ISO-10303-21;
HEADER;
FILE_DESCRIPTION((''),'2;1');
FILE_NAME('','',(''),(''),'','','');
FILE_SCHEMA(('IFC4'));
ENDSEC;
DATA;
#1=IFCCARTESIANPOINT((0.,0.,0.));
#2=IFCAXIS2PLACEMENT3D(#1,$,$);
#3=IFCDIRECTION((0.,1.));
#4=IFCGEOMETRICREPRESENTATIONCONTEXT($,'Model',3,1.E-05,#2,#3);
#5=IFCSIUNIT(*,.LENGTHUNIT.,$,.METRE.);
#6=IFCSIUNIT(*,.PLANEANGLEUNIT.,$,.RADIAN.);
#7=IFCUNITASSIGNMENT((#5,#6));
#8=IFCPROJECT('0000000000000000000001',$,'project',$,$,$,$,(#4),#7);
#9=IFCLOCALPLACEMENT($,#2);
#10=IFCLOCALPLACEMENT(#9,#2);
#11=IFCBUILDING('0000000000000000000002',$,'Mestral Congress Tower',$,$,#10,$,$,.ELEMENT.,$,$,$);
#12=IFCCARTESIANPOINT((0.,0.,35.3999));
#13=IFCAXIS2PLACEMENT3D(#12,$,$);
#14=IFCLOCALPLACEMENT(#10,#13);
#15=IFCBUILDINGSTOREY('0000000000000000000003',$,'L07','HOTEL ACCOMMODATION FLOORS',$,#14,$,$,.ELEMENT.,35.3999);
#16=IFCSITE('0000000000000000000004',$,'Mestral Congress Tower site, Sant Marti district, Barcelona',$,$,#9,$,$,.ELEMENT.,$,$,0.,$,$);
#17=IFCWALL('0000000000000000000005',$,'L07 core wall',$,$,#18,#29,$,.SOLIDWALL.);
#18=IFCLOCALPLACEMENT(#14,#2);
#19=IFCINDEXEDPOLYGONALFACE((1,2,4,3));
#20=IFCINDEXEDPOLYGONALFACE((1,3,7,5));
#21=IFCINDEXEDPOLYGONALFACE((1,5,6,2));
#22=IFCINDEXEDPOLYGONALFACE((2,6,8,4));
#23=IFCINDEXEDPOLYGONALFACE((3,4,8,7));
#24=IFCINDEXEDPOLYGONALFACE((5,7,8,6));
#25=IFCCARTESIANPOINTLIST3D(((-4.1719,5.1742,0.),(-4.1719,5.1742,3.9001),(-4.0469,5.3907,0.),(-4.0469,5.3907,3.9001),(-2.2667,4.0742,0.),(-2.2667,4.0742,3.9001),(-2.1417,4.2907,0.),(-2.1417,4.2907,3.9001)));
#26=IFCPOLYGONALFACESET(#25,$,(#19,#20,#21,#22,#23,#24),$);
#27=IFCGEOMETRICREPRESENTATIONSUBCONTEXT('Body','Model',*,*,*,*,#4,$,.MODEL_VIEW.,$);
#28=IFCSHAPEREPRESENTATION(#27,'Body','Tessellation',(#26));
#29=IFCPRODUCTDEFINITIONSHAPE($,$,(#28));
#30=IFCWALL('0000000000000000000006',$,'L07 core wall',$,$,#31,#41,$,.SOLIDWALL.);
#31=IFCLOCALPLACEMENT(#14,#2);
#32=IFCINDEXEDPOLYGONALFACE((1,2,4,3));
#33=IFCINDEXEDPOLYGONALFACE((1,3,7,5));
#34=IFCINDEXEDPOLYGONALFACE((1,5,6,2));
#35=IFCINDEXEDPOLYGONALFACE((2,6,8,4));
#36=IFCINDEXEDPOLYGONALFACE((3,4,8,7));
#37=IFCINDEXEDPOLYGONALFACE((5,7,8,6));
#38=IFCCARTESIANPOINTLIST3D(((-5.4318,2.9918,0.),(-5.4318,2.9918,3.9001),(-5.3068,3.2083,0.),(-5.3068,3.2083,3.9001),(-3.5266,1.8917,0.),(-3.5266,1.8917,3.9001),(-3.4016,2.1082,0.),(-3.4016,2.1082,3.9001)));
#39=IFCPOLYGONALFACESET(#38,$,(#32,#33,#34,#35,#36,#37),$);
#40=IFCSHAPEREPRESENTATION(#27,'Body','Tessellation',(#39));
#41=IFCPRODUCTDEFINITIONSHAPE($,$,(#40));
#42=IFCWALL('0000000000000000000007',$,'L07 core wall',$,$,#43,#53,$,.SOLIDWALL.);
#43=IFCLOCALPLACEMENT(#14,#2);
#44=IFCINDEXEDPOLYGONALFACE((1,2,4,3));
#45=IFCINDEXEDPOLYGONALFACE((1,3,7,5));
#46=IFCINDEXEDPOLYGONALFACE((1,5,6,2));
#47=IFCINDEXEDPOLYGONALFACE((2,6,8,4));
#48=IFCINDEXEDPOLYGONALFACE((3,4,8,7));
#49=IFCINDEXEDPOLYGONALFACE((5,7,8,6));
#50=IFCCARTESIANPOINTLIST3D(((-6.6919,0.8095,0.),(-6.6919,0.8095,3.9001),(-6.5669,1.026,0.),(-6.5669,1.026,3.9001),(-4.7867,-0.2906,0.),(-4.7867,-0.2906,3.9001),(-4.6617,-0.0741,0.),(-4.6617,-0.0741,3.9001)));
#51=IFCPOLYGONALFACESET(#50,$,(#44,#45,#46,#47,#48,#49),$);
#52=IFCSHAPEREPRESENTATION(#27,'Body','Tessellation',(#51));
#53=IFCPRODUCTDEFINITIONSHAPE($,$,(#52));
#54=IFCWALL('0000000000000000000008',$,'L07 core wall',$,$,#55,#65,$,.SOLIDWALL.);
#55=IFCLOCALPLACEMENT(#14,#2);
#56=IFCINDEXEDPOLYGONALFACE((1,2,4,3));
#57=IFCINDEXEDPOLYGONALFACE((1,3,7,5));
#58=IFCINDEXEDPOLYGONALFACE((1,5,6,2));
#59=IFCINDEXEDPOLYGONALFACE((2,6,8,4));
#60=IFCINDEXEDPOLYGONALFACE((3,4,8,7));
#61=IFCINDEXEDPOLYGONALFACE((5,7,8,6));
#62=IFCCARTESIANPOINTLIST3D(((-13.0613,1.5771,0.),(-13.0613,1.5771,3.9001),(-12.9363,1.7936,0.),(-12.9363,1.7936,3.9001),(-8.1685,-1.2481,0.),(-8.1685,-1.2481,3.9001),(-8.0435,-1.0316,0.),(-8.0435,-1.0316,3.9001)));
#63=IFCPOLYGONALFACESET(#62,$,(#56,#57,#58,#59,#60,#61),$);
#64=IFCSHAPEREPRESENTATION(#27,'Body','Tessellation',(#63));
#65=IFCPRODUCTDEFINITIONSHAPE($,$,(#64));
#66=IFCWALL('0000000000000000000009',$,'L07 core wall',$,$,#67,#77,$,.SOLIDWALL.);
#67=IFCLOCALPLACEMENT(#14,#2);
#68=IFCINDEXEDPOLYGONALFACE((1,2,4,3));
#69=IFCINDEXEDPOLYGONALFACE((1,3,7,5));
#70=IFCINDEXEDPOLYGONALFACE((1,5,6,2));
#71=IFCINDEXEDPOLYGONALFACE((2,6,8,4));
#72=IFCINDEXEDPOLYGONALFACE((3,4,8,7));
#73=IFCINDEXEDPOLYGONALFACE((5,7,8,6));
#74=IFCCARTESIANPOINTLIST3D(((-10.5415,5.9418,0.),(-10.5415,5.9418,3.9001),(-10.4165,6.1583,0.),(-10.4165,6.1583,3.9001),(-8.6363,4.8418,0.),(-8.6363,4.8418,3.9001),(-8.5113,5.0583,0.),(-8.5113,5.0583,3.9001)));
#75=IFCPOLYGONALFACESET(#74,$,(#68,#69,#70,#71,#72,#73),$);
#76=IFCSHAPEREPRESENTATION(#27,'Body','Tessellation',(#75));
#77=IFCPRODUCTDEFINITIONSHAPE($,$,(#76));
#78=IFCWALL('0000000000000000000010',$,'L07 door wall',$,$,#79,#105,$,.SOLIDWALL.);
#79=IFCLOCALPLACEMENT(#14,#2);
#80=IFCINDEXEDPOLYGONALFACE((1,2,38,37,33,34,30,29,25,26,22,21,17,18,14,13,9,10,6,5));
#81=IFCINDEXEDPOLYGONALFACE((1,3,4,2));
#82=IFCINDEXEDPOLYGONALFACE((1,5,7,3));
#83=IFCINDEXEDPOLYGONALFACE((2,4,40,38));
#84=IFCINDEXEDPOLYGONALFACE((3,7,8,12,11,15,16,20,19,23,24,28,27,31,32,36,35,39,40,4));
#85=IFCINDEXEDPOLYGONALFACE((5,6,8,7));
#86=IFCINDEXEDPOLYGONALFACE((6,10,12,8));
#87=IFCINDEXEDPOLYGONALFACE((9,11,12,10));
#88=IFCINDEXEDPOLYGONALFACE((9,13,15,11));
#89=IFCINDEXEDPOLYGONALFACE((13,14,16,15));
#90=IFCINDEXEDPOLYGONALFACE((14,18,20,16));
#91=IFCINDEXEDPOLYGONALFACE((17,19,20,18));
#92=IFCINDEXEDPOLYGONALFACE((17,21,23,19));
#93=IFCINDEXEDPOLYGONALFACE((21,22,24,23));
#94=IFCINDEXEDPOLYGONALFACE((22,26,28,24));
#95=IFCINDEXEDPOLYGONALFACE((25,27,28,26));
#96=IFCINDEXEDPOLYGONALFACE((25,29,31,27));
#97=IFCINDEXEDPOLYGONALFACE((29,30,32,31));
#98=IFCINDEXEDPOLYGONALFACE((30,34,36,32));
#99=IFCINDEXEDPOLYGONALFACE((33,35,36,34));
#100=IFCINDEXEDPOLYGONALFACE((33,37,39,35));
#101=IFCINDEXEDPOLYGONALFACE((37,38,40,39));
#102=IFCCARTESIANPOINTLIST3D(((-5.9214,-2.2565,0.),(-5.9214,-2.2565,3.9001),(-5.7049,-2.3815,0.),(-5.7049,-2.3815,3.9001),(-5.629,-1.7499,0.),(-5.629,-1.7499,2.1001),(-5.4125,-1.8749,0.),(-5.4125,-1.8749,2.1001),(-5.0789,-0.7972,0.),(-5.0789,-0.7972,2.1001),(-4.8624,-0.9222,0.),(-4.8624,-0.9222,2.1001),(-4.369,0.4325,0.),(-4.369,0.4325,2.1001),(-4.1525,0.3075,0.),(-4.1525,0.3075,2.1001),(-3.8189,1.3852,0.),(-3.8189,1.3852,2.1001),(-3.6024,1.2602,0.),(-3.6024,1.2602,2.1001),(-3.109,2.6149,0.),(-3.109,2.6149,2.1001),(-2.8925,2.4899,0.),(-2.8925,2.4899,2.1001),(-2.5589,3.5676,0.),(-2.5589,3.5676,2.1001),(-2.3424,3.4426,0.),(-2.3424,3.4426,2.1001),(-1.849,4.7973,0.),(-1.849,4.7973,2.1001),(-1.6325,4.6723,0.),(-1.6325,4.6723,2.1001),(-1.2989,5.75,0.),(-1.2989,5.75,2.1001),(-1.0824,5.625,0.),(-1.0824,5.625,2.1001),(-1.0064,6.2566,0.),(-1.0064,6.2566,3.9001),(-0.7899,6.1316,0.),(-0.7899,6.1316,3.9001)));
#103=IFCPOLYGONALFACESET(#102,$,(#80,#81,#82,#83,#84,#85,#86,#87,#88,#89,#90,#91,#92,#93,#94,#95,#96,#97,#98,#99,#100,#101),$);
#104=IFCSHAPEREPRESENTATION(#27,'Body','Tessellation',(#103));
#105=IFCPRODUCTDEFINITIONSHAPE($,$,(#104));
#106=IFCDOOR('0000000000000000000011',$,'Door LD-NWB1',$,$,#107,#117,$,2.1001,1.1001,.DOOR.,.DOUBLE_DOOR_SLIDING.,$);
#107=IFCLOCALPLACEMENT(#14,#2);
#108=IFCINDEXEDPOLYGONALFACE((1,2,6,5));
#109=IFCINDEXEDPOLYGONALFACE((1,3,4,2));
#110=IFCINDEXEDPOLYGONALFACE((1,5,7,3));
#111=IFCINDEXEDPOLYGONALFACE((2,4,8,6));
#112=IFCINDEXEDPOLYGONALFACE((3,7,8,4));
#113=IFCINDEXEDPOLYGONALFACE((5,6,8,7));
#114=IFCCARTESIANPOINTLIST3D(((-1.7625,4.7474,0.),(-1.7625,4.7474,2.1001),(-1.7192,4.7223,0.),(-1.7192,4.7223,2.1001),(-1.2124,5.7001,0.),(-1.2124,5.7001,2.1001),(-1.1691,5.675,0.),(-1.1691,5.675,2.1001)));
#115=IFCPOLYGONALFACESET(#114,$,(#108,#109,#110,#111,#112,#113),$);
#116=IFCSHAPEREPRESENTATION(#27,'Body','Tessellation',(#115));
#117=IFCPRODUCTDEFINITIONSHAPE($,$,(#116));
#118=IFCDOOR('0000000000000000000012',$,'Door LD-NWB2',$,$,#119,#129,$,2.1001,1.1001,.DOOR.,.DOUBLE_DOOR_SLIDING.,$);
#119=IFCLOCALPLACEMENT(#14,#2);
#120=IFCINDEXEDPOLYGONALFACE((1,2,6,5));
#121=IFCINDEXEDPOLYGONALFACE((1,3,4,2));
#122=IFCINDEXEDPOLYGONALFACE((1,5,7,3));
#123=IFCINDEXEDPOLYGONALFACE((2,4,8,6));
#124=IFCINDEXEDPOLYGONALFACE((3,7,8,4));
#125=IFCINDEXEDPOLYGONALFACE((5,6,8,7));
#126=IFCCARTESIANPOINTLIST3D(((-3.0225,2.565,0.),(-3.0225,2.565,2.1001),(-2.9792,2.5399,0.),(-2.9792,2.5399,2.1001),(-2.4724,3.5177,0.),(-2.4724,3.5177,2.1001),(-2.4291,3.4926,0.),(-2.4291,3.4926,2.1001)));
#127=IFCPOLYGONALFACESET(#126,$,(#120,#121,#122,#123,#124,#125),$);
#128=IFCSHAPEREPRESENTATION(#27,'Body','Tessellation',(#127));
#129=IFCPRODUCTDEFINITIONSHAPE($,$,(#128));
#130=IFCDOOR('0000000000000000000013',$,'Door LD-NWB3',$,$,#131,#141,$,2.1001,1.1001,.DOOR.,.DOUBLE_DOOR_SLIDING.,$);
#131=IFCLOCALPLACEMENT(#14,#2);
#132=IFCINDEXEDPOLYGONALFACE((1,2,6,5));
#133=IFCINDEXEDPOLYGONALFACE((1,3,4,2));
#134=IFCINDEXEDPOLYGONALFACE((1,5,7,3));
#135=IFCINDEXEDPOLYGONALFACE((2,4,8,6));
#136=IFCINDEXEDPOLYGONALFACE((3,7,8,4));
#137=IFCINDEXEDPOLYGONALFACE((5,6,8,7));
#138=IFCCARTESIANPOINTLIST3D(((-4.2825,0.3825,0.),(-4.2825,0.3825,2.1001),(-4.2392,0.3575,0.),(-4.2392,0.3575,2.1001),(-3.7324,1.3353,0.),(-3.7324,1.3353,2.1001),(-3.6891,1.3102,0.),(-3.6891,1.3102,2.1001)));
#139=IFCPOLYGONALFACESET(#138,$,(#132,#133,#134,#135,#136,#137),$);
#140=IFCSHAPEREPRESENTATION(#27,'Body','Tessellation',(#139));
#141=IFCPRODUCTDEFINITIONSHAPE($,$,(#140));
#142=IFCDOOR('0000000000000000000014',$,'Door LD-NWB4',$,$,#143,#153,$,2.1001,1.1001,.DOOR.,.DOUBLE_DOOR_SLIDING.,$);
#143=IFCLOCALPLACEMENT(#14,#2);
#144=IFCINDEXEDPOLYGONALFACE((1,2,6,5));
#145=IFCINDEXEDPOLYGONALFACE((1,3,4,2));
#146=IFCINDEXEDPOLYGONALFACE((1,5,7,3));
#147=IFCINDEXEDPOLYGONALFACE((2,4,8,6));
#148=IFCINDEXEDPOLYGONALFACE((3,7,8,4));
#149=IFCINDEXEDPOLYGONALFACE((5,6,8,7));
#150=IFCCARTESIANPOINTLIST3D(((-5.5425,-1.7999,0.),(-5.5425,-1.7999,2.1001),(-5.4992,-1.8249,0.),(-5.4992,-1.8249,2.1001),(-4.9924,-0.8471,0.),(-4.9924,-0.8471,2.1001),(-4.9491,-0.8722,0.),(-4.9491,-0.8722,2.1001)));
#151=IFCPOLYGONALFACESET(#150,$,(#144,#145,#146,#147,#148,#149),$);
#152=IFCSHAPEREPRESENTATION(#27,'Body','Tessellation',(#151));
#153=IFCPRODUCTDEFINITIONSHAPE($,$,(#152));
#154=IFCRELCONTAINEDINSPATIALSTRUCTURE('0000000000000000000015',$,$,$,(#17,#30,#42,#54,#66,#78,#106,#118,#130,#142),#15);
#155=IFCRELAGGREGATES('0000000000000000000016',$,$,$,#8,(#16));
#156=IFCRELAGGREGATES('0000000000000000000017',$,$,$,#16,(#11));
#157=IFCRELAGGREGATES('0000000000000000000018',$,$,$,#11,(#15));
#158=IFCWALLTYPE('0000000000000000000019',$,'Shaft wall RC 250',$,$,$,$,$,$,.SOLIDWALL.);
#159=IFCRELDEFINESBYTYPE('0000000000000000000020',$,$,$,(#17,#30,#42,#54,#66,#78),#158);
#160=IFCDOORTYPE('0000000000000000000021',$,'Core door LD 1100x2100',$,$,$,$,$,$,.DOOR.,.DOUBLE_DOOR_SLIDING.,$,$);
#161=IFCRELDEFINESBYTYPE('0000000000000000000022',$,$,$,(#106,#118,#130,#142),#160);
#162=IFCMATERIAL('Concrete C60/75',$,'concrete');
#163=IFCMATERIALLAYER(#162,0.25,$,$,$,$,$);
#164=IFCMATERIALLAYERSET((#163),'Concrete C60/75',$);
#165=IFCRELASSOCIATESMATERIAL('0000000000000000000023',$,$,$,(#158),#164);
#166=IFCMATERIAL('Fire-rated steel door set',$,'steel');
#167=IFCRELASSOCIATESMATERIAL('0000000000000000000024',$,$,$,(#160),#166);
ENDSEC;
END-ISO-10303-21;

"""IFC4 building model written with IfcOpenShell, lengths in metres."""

from ifc_helpers import new_model, si_unit, direction, frame, frame_2d, origin, place, context, subcontext, project, spatial, rectangle, extrude, material, layer, layer_set, type_object, element, fill, save


model = new_model("IFC4")

# Units and contexts
model_context = context("Model", 3, precision=1e-05, world=origin(), true_north=direction((0.0, 1.0)))
body_context = subcontext(model_context, "Body", "Model", "MODEL_VIEW")
ifc_project = project(units=[si_unit("LENGTHUNIT", "METRE"), si_unit("PLANEANGLEUNIT", "RADIAN")], contexts=[model_context])

# Site, building, storey
site_placement = place(None, origin())
site = spatial("IfcSite", under=ifc_project, at=site_placement, Name="Mestral Congress Tower site, Sant Marti district, Barcelona", CompositionType="ELEMENT", RefElevation=0.0)
building_placement = place(site_placement, origin())
building = spatial("IfcBuilding", under=site, at=building_placement, Name="Mestral Congress Tower", CompositionType="ELEMENT")
storey_placement = place(building_placement, frame((0.0, 0.0, 35.3999)))
storey = spatial("IfcBuildingStorey", under=building, at=storey_placement, Name="L07", Description="HOTEL ACCOMMODATION FLOORS", CompositionType="ELEMENT", Elevation=35.3999)

# Shared definitions
ifc_material_1 = material(Name="Concrete C60/75", Category="concrete")

# Shared definitions
ifc_material_2 = material(Name="Fire-rated steel door set", Category="steel")

# Walls
ifc_layer_1 = layer(ifc_material_1, 0.25)
ifc_layer_set_1 = layer_set([ifc_layer_1], Name="Concrete C60/75")
wall_type_1 = type_object("IfcWallType", Name="Shaft wall RC 250", PredefinedType="SOLIDWALL", material=ifc_layer_set_1)
for number, where, z_axis, x_axis, name in (
    (1, (-2.2041, 4.1824, 0.0), (0.0, 0.0, 1.0), (-0.866008, 0.50003, 0.0), "L07 core wall"),
    (2, (-5.3694, 3.1001, 0.0), (0.0, 0.0, 1.0), (0.866008, -0.50003, 0.0), "L07 core wall"),
    (3, (-4.7241, -0.1824, 0.0), (0.0, 0.0, 1.0), (-0.866008, 0.50003, 0.0), "L07 core wall"),
):
    element("IfcWall", number, at=place(storey_placement, frame(where, z_axis=z_axis, x_axis=x_axis)), inside=storey, type_object=wall_type_1, Name=name, PredefinedType="SOLIDWALL", context=body_context, shape_type="SweptSolid", body=[
        extrude(rectangle(XDim=2.2, YDim=0.25, at=frame_2d((1.1001, 0.0))), origin(), (0.0, 0.0, 1.0), 3.9001),
    ])
wall_1_placement = place(storey_placement, frame((-8.106, -1.1399, 0.0), z_axis=(0.0, 0.0, 1.0), x_axis=(-0.866001, 0.500043, 0.0)))
element("IfcWall", 4, at=wall_1_placement, inside=storey, type_object=wall_type_1, Name="L07 core wall", PredefinedType="SOLIDWALL", context=body_context, shape_type="SweptSolid", body=[
    extrude(rectangle(XDim=5.6499, YDim=0.25, at=frame_2d((2.825, 0.0))), origin(), (0.0, 0.0, 1.0), 3.9001),
])
wall_2_placement = place(storey_placement, frame((-8.5737, 4.95, 0.0), z_axis=(0.0, 0.0, 1.0), x_axis=(-0.866008, 0.50003, 0.0)))
element("IfcWall", 5, at=wall_2_placement, inside=storey, type_object=wall_type_1, Name="L07 core wall", PredefinedType="SOLIDWALL", context=body_context, shape_type="SweptSolid", body=[
    extrude(rectangle(XDim=2.2, YDim=0.25, at=frame_2d((1.1001, 0.0))), origin(), (0.0, 0.0, 1.0), 3.9001),
])

# Wall, openings, doors
wall_3_placement = place(storey_placement, frame((-0.8982, 6.1941, 0.0), z_axis=(0.0, 0.0, 1.0), x_axis=(-0.499996, -0.866028, 0.0)))
wall_3 = element("IfcWall", 6, at=wall_3_placement, inside=storey, type_object=wall_type_1, Name="L07 door wall", PredefinedType="SOLIDWALL", context=body_context, shape_type="SweptSolid", body=[
    extrude(rectangle(XDim=9.8301, YDim=0.25, at=frame_2d((4.915, 0.0))), origin(), (0.0, 0.0, 1.0), 3.9001),
])
opening_1_placement = place(wall_3_placement, frame((0.585, 0.0, 0.0)))
opening_1 = element("IfcOpeningElement", 7, at=opening_1_placement, cuts=wall_3, PredefinedType="OPENING", context=body_context, shape_type="SweptSolid", body=[
    extrude(rectangle(XDim=1.1001, YDim=2.1001, at=frame_2d((0.55, 1.05))), frame((0.0, 0.135, 0.0), z_axis=(0.0, -1.0, 0.0), x_axis=(1.0, 0.0, 0.0)), (0.0, 0.0, 1.0), 0.27),
])
opening_2_placement = place(wall_3_placement, frame((3.105, 0.0, 0.0)))
opening_2 = element("IfcOpeningElement", 8, at=opening_2_placement, cuts=wall_3, PredefinedType="OPENING", context=body_context, shape_type="SweptSolid", body=[
    extrude(rectangle(XDim=1.1001, YDim=2.1001, at=frame_2d((0.55, 1.05))), frame((0.0, 0.135, 0.0), z_axis=(0.0, -1.0, 0.0), x_axis=(1.0, 0.0, 0.0)), (0.0, 0.0, 1.0), 0.27),
])
opening_3_placement = place(wall_3_placement, frame((5.625, 0.0, 0.0)))
opening_3 = element("IfcOpeningElement", 9, at=opening_3_placement, cuts=wall_3, PredefinedType="OPENING", context=body_context, shape_type="SweptSolid", body=[
    extrude(rectangle(XDim=1.1001, YDim=2.1001, at=frame_2d((0.55, 1.05))), frame((0.0, 0.135, 0.0), z_axis=(0.0, -1.0, 0.0), x_axis=(1.0, 0.0, 0.0)), (0.0, 0.0, 1.0), 0.27),
])
opening_4_placement = place(wall_3_placement, frame((8.145, 0.0, 0.0)))
opening_4 = element("IfcOpeningElement", 10, at=opening_4_placement, cuts=wall_3, PredefinedType="OPENING", context=body_context, shape_type="SweptSolid", body=[
    extrude(rectangle(XDim=1.1001, YDim=2.1001, at=frame_2d((0.55, 1.05))), frame((0.0, 0.135, 0.0), z_axis=(0.0, -1.0, 0.0), x_axis=(1.0, 0.0, 0.0)), (0.0, 0.0, 1.0), 0.27),
])
door_type_1 = type_object("IfcDoorType", Name="Core door LD 1100x2100", OperationType="DOUBLE_DOOR_SLIDING", PredefinedType="DOOR", material=ifc_material_2)
door_1_placement = place(opening_1_placement, origin())
door_1 = element("IfcDoor", 11, at=door_1_placement, inside=storey, type_object=door_type_1, Name="Door LD-NWB1", OperationType="DOUBLE_DOOR_SLIDING", OverallHeight=2.1001, OverallWidth=1.1001, PredefinedType="DOOR", context=body_context, shape_type="SweptSolid", body=[
    extrude(rectangle(XDim=1.1001, YDim=2.1001, at=frame_2d((0.55, 1.05))), frame((0.0, 0.0249, 0.0), z_axis=(0.0, -1.0, 0.0), x_axis=(1.0, 0.0, 0.0)), (0.0, 0.0, 1.0), 0.05),
])
fill(opening_1, door_1)
door_2_placement = place(opening_2_placement, origin())
door_2 = element("IfcDoor", 12, at=door_2_placement, inside=storey, type_object=door_type_1, Name="Door LD-NWB2", OperationType="DOUBLE_DOOR_SLIDING", OverallHeight=2.1001, OverallWidth=1.1001, PredefinedType="DOOR", context=body_context, shape_type="SweptSolid", body=[
    extrude(rectangle(XDim=1.1001, YDim=2.1001, at=frame_2d((0.55, 1.05))), frame((0.0, 0.0249, 0.0), z_axis=(0.0, -1.0, 0.0), x_axis=(1.0, 0.0, 0.0)), (0.0, 0.0, 1.0), 0.05),
])
fill(opening_2, door_2)
door_3_placement = place(opening_3_placement, origin())
door_3 = element("IfcDoor", 13, at=door_3_placement, inside=storey, type_object=door_type_1, Name="Door LD-NWB3", OperationType="DOUBLE_DOOR_SLIDING", OverallHeight=2.1001, OverallWidth=1.1001, PredefinedType="DOOR", context=body_context, shape_type="SweptSolid", body=[
    extrude(rectangle(XDim=1.1001, YDim=2.1001, at=frame_2d((0.55, 1.05))), frame((0.0, 0.0249, 0.0), z_axis=(0.0, -1.0, 0.0), x_axis=(1.0, 0.0, 0.0)), (0.0, 0.0, 1.0), 0.05),
])
fill(opening_3, door_3)
door_4_placement = place(opening_4_placement, origin())
door_4 = element("IfcDoor", 14, at=door_4_placement, inside=storey, type_object=door_type_1, Name="Door LD-NWB4", OperationType="DOUBLE_DOOR_SLIDING", OverallHeight=2.1001, OverallWidth=1.1001, PredefinedType="DOOR", context=body_context, shape_type="SweptSolid", body=[
    extrude(rectangle(XDim=1.1001, YDim=2.1001, at=frame_2d((0.55, 1.05))), frame((0.0, 0.0249, 0.0), z_axis=(0.0, -1.0, 0.0), x_axis=(1.0, 0.0, 0.0)), (0.0, 0.0, 1.0), 0.05),
])
fill(opening_4, door_4)

save(model, "model.ifc")
